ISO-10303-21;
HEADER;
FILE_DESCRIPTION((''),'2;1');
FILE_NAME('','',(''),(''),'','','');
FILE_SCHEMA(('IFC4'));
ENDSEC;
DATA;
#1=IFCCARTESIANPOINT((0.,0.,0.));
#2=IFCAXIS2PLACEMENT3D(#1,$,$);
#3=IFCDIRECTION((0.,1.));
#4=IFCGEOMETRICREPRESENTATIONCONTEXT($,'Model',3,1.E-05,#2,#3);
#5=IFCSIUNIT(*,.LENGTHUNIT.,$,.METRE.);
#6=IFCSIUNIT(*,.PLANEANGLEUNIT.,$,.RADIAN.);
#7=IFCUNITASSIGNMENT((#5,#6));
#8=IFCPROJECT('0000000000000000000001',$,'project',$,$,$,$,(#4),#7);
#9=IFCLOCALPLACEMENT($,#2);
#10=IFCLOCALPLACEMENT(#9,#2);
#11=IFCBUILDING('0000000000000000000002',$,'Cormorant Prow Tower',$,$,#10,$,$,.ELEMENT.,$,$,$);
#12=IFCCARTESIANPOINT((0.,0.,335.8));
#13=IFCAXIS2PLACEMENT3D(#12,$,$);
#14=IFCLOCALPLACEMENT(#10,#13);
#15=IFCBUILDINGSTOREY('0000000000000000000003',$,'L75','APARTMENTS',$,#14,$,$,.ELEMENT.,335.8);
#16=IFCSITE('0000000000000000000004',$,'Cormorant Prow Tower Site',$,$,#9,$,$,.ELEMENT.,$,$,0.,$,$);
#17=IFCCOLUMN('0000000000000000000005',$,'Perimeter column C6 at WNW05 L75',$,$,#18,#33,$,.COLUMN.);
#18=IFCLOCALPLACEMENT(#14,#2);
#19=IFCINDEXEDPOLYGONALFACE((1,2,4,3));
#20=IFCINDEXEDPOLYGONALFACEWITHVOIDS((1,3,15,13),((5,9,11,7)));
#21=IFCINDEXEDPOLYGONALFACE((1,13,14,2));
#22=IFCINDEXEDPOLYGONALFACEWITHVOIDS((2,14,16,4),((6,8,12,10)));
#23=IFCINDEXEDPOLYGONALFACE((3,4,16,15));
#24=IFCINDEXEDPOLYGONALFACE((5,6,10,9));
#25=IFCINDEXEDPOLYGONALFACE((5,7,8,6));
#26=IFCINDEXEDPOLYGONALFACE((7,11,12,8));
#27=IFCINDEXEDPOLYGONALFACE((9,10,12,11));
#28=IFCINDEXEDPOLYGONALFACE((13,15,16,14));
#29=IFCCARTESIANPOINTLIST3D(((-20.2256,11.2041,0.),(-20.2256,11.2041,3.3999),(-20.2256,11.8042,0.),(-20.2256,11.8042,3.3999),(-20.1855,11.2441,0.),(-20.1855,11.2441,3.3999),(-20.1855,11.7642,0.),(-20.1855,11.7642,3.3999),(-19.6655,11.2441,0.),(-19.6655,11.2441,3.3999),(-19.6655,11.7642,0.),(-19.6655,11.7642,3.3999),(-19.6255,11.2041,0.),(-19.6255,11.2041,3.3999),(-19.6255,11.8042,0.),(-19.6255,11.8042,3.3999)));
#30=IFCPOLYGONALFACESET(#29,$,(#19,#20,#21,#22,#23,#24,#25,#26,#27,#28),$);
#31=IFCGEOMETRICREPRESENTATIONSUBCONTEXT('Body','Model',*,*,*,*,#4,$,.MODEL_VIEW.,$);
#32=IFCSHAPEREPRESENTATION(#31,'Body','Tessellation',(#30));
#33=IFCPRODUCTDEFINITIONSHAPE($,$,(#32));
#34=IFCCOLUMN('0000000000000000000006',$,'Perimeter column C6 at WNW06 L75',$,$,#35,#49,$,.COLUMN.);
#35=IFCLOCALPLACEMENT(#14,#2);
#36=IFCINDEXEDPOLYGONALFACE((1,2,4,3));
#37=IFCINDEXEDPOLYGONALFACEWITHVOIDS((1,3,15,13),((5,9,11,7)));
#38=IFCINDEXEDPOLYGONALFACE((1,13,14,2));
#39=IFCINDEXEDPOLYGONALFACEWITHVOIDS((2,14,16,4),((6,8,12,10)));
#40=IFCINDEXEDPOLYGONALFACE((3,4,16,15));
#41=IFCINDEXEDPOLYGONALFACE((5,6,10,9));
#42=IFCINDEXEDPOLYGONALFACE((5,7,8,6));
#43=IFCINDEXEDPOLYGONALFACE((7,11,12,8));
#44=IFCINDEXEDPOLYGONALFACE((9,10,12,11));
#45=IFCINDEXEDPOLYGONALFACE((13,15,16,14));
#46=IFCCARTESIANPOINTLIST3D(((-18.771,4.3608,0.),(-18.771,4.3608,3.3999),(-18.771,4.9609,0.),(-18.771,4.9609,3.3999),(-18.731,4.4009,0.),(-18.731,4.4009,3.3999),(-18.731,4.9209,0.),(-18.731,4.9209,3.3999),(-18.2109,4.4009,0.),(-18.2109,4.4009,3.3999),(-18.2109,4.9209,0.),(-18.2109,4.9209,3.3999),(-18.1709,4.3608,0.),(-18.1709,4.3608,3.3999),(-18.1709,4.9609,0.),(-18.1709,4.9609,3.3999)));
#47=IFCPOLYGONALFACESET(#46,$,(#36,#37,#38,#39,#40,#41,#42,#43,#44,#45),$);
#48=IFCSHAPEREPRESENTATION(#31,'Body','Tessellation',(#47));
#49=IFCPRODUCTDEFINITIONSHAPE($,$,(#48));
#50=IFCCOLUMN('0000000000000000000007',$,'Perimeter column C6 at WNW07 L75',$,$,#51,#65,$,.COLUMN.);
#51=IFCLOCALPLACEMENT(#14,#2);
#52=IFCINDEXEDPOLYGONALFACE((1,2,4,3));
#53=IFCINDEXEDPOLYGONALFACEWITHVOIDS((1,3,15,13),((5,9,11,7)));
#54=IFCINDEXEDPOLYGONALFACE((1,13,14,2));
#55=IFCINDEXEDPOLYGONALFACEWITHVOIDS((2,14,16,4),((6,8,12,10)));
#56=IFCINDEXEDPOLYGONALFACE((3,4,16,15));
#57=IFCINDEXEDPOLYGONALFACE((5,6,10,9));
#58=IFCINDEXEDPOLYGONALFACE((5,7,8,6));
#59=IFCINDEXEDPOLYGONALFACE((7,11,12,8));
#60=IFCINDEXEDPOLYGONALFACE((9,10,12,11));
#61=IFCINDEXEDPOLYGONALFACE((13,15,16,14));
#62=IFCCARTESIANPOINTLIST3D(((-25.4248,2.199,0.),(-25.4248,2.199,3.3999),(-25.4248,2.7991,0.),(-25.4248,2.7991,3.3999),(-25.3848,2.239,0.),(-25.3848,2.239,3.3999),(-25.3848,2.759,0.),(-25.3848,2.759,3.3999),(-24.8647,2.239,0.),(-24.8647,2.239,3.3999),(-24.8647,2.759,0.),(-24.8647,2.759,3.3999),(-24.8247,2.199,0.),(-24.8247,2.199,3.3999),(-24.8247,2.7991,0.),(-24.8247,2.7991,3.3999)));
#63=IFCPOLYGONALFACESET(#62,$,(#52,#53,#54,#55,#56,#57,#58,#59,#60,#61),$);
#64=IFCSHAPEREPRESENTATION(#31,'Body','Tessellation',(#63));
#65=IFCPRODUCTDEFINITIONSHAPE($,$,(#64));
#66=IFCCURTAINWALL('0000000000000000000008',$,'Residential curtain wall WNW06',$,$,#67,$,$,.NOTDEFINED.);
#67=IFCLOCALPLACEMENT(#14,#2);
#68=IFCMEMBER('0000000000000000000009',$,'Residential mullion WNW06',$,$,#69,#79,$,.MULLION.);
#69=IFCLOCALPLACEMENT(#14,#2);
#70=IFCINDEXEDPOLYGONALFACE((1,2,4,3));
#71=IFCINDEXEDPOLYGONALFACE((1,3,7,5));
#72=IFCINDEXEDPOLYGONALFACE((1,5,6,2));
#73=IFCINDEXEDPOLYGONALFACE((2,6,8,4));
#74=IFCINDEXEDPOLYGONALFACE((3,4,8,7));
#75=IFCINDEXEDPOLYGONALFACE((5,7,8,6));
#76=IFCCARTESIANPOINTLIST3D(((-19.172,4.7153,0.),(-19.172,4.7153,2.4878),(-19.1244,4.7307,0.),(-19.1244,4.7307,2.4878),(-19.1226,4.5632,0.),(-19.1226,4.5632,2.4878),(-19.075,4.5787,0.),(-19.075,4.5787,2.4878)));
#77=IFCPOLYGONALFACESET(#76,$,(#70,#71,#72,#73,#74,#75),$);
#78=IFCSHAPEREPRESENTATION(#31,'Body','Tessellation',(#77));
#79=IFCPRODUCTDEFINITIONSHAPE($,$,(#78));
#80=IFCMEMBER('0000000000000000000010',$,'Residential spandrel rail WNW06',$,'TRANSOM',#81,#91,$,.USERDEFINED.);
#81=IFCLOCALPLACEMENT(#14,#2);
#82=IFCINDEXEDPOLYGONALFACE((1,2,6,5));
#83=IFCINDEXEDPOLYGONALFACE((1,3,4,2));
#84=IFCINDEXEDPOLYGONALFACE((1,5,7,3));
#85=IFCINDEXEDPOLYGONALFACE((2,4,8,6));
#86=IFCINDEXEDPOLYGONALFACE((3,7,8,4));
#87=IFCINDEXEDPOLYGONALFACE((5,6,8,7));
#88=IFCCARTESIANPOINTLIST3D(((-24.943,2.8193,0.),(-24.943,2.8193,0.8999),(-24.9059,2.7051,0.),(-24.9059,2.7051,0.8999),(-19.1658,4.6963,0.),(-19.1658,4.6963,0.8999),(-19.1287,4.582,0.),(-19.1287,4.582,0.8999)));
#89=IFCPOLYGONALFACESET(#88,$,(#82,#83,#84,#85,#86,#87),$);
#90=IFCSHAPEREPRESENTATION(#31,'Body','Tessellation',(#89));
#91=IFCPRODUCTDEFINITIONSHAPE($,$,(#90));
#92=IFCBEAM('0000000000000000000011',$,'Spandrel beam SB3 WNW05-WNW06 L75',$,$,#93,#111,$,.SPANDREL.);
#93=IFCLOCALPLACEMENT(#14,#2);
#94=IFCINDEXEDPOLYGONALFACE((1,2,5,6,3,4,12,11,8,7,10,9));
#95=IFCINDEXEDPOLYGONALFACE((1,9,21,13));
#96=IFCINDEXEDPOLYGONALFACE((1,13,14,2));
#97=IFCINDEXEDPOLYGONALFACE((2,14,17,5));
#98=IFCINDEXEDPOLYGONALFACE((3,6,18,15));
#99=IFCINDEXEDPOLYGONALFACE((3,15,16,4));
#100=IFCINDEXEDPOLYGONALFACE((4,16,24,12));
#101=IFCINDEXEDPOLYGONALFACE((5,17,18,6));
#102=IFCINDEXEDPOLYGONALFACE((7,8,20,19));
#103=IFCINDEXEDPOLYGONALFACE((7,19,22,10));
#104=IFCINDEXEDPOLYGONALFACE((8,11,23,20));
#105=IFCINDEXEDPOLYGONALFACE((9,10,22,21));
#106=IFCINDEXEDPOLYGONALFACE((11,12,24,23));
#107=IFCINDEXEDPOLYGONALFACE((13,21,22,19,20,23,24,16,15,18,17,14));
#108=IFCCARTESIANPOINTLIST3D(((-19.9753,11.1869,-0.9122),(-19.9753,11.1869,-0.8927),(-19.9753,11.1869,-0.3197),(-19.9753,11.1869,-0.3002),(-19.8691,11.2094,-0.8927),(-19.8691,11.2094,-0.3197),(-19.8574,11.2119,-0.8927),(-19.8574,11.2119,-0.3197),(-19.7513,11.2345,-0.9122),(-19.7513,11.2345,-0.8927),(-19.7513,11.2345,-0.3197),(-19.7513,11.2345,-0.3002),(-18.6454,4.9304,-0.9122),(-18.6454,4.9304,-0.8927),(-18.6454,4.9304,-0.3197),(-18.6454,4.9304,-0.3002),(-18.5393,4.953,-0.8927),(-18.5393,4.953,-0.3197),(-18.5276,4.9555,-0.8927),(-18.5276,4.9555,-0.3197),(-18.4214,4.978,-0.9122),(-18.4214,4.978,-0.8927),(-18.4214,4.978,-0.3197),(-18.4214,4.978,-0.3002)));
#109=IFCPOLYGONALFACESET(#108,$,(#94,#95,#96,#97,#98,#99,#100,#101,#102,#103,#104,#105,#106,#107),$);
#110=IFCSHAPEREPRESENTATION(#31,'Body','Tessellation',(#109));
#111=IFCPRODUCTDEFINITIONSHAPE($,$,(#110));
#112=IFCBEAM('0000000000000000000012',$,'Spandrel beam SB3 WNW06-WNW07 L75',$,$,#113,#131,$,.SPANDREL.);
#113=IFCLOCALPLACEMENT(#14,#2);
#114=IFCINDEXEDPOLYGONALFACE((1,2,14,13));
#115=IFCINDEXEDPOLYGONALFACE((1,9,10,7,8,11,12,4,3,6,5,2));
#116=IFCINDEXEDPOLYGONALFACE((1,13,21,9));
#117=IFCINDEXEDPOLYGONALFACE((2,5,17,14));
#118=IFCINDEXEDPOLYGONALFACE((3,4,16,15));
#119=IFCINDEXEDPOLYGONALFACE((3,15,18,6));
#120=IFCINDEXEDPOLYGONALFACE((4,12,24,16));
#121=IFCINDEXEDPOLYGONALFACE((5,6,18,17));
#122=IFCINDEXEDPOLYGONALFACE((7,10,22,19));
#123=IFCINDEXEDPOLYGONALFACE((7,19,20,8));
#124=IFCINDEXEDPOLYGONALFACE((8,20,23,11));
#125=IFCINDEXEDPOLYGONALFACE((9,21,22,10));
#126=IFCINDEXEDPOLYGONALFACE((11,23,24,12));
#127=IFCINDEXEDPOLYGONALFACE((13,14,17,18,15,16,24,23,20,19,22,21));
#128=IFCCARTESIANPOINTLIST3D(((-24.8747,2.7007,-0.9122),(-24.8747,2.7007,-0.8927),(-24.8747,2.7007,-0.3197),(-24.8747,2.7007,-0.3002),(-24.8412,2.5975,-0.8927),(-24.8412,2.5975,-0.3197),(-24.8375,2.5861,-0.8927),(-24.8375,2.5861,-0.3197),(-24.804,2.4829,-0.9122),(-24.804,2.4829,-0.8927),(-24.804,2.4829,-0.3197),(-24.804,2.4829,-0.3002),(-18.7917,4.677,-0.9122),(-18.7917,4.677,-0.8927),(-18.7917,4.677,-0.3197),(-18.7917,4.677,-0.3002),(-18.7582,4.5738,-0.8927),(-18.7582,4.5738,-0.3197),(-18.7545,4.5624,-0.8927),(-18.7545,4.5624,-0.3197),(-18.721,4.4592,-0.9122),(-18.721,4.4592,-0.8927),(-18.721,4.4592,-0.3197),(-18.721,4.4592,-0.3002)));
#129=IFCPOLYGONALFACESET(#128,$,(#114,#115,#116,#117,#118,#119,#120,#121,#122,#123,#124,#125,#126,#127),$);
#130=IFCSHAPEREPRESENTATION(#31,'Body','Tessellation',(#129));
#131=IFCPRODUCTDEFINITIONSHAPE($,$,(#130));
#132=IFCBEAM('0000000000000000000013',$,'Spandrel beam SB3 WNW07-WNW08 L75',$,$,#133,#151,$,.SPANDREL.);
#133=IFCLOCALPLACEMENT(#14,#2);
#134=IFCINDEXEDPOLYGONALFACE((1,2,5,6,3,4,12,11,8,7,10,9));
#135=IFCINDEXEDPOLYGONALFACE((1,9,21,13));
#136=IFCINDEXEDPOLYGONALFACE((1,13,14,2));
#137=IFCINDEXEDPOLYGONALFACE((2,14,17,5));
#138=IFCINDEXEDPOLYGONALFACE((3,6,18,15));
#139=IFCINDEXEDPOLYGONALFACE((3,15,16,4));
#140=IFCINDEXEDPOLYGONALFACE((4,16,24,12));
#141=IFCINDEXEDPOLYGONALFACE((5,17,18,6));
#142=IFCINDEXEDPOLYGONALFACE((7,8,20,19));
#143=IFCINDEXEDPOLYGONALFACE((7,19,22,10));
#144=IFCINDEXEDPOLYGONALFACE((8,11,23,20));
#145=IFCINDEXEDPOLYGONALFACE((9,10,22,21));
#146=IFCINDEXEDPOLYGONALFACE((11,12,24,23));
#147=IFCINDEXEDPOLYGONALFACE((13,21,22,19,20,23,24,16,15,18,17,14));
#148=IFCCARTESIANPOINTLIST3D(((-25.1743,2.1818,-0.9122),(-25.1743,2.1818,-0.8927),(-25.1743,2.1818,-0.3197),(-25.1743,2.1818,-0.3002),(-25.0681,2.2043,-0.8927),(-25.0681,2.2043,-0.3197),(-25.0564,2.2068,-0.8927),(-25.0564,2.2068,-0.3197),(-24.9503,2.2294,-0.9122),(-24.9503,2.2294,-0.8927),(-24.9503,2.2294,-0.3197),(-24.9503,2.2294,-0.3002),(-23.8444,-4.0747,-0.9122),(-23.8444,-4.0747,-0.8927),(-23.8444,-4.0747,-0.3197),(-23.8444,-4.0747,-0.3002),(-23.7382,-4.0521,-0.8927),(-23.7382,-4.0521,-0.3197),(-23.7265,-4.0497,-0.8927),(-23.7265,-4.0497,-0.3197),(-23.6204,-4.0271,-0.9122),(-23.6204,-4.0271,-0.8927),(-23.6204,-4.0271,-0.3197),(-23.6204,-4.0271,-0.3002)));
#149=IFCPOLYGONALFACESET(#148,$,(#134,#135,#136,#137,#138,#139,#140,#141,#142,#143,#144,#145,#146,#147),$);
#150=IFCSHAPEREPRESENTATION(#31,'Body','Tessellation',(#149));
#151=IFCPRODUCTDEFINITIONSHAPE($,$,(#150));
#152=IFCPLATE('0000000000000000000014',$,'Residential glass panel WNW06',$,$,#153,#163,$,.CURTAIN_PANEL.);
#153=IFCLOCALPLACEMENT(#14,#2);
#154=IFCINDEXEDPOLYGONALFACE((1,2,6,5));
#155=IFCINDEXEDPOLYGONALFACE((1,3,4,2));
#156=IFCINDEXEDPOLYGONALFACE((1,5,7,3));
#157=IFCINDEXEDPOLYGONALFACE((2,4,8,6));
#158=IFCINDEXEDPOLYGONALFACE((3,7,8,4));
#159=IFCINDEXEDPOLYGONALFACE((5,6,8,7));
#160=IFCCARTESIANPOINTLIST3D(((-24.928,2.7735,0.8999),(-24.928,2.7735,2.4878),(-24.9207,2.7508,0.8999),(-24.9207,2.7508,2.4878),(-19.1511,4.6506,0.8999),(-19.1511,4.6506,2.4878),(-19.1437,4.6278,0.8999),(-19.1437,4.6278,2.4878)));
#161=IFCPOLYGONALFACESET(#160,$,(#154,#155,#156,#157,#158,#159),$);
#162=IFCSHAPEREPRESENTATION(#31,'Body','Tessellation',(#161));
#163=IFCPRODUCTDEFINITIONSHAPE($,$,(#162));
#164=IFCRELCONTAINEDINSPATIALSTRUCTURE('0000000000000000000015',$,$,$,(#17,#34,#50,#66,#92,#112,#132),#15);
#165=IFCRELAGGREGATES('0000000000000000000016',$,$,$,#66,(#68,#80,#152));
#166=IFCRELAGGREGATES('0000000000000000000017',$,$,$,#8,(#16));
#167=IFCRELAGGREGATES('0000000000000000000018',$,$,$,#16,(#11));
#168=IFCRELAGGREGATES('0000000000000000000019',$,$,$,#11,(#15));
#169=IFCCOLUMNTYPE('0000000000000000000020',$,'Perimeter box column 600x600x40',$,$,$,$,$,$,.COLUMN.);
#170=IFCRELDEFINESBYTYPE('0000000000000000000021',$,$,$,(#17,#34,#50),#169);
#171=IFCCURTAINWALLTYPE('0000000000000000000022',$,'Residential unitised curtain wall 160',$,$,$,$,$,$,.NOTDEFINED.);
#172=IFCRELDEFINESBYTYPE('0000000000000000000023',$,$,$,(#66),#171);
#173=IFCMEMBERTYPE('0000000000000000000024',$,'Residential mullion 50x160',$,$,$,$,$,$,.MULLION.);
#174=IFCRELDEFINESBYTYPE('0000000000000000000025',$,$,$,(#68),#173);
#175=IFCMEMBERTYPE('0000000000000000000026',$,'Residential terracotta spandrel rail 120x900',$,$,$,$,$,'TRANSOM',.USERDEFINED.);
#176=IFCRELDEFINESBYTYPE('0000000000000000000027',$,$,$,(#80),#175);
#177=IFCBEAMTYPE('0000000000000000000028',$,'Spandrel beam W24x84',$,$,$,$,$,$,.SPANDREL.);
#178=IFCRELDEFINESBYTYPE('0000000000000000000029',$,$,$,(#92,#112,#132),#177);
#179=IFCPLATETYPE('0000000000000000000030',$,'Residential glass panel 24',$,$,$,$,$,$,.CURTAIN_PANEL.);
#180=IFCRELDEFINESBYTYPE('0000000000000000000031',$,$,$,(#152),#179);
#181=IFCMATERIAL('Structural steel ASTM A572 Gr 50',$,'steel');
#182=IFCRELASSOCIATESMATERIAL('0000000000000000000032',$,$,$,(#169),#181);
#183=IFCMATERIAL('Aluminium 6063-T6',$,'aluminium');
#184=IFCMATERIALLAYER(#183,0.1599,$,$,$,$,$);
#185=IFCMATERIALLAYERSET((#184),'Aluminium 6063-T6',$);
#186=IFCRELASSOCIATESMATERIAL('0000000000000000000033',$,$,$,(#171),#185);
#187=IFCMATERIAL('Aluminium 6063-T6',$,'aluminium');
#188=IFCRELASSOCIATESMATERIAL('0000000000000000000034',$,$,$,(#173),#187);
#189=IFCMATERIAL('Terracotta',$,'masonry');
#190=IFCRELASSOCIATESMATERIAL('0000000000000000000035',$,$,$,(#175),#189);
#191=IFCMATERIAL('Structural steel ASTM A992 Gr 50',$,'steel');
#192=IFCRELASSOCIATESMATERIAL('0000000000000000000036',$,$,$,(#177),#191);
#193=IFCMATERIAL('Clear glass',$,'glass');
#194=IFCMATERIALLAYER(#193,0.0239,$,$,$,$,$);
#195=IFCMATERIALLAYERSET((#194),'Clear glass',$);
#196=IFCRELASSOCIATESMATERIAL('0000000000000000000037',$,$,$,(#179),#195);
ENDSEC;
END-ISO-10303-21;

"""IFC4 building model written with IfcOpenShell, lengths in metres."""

from ifc_helpers import new_model, si_unit, direction, frame, origin, origin_2d, place, context, subcontext, project, spatial, rectangle, hollow_rectangle, i_section, extrude, material, layer, layer_set, material_profile, profile_set, type_object, element, aggregate, save


model = new_model("IFC4")

# Units and contexts
model_context = context("Model", 3, precision=1e-05, world=origin(), true_north=direction((0.0, 1.0)))
body_context = subcontext(model_context, "Body", "Model", "MODEL_VIEW")
ifc_project = project(units=[si_unit("LENGTHUNIT", "METRE"), si_unit("PLANEANGLEUNIT", "RADIAN")], contexts=[model_context])

# Site, building, storey
site_placement = place(None, origin())
site = spatial("IfcSite", under=ifc_project, at=site_placement, Name="Cormorant Prow Tower Site", CompositionType="ELEMENT", RefElevation=0.0)
building_placement = place(site_placement, origin())
building = spatial("IfcBuilding", under=site, at=building_placement, Name="Cormorant Prow Tower", CompositionType="ELEMENT")
storey_placement = place(building_placement, frame((0.0, 0.0, 335.8)))
storey = spatial("IfcBuildingStorey", under=building, at=storey_placement, Name="L75", Description="APARTMENTS", CompositionType="ELEMENT", Elevation=335.8)

# Columns
ifc_material_1 = material(Name="Structural steel ASTM A572 Gr 50", Category="steel")
ifc_material_profile_1 = material_profile(ifc_material_1, hollow_rectangle(XDim=0.6001, YDim=0.6001, WallThickness=0.04, at=origin_2d()), Name="Box 600x600x40")
ifc_profile_set_1 = profile_set([ifc_material_profile_1], Name="Structural steel ASTM A572 Gr 50")
column_type = type_object("IfcColumnType", Name="Perimeter box column 600x600x40", PredefinedType="COLUMN", material=ifc_profile_set_1)
for number, where, z_axis, x_axis, name in (
    (1, (-19.9255, 11.5042, 0.0), (0.0, 0.0, 1.0), (1.0, 0.0, 0.0), "Perimeter column C6 at WNW05 L75"),
    (2, (-18.4709, 4.6609, 0.0), (0.0, 0.0, 1.0), (1.0, 0.0, 0.0), "Perimeter column C6 at WNW06 L75"),
    (3, (-25.1248, 2.499, 0.0), (0.0, 0.0, 1.0), (1.0, 0.0, 0.0), "Perimeter column C6 at WNW07 L75"),
):
    element("IfcColumn", number, at=place(storey_placement, frame(where, z_axis=z_axis, x_axis=x_axis)), inside=storey, type_object=column_type, Name=name, PredefinedType="COLUMN", context=body_context, shape_type="SweptSolid", body=[
        extrude(hollow_rectangle(XDim=0.6001, YDim=0.6001, WallThickness=0.04, at=origin_2d()), origin(), (0.0, 0.0, 1.0), 3.3999),
    ])

# Curtain wall, members
ifc_material_2 = material(Name="Aluminium 6063-T6", Category="aluminium")
ifc_layer_1 = layer(ifc_material_2, 0.1599)
ifc_layer_set_1 = layer_set([ifc_layer_1], Name="Aluminium 6063-T6")
curtain_wall_type = type_object("IfcCurtainWallType", Name="Residential unitised curtain wall 160", PredefinedType="NOTDEFINED", material=ifc_layer_set_1)
curtain_wall_placement = place(storey_placement, origin())
curtain_wall = element("IfcCurtainWall", 4, at=curtain_wall_placement, inside=storey, type_object=curtain_wall_type, Name="Residential curtain wall WNW06", PredefinedType="NOTDEFINED")
ifc_material_3 = material(Name="Aluminium 6063-T6", Category="aluminium")
ifc_material_profile_2 = material_profile(ifc_material_3, rectangle(XDim=0.1599, YDim=0.05, at=origin_2d()), Name="Residential mullion 50x160")
ifc_profile_set_2 = profile_set([ifc_material_profile_2], Name="Aluminium 6063-T6")
member_type_1 = type_object("IfcMemberType", Name="Residential mullion 50x160", PredefinedType="MULLION", material=ifc_profile_set_2)
member_1_placement = place(storey_placement, frame((-19.1235, 4.647, 0.0), z_axis=(0.0, 0.0, 1.0), x_axis=(0.309017, -0.951057, 0.0)))
member_1 = element("IfcMember", 5, at=member_1_placement, type_object=member_type_1, Name="Residential mullion WNW06", PredefinedType="MULLION", context=body_context, shape_type="SweptSolid", body=[
    extrude(rectangle(XDim=0.1599, YDim=0.05, at=origin_2d()), origin(), (0.0, 0.0, 1.0), 2.4878),
])
ifc_material_4 = material(Name="Terracotta", Category="masonry")
ifc_material_profile_3 = material_profile(ifc_material_4, rectangle(XDim=0.1201, YDim=0.8999, at=origin_2d()), Name="Residential terracotta spandrel rail 120x900")
ifc_profile_set_3 = profile_set([ifc_material_profile_3], Name="Terracotta")
member_type_2 = type_object("IfcMemberType", Name="Residential terracotta spandrel rail 120x900", ElementType="TRANSOM", PredefinedType="USERDEFINED", material=ifc_profile_set_3)
member_2_placement = place(storey_placement, frame((-19.1472, 4.6392, 0.45), z_axis=(-0.951063, -0.308996, 0.0), x_axis=(0.308996, -0.951063, 0.0)))
member_2 = element("IfcMember", 6, at=member_2_placement, type_object=member_type_2, Name="Residential spandrel rail WNW06", ObjectType="TRANSOM", PredefinedType="USERDEFINED", context=body_context, shape_type="SweptSolid", body=[
    extrude(rectangle(XDim=0.1201, YDim=0.8999, at=origin_2d()), origin(), (0.0, 0.0, 1.0), 6.0745),
])

# Beams
ifc_material_5 = material(Name="Structural steel ASTM A992 Gr 50", Category="steel")
ifc_material_profile_4 = material_profile(ifc_material_5, i_section(OverallWidth=0.229, OverallDepth=0.6121, WebThickness=0.012, FlangeThickness=0.0195, at=origin_2d()), Name="W24x84")
ifc_profile_set_4 = profile_set([ifc_material_profile_4], Name="Structural steel ASTM A992 Gr 50")
beam_type = type_object("IfcBeamType", Name="Spandrel beam W24x84", PredefinedType="SPANDREL", material=ifc_profile_set_4)
beam_1_placement = place(storey_placement, frame((-19.8633, 11.2107, -0.6062), z_axis=(0.207913, -0.978147, 0.0), x_axis=(0.978147, 0.207913, 0.0)))
element("IfcBeam", 7, at=beam_1_placement, inside=storey, type_object=beam_type, Name="Spandrel beam SB3 WNW05-WNW06 L75", PredefinedType="SPANDREL", context=body_context, shape_type="SweptSolid", body=[
    extrude(i_section(OverallWidth=0.229, OverallDepth=0.6121, WebThickness=0.012, FlangeThickness=0.0195, at=origin_2d()), origin(), (0.0, 0.0, 1.0), 6.3962),
])
beam_2_placement = place(storey_placement, frame((-18.7563, 4.5681, -0.6062), z_axis=(-0.951064, -0.308993, 0.0), x_axis=(0.308993, -0.951064, 0.0)))
element("IfcBeam", 8, at=beam_2_placement, inside=storey, type_object=beam_type, Name="Spandrel beam SB3 WNW06-WNW07 L75", PredefinedType="SPANDREL", context=body_context, shape_type="SweptSolid", body=[
    extrude(i_section(OverallWidth=0.229, OverallDepth=0.6121, WebThickness=0.012, FlangeThickness=0.0195, at=origin_2d()), origin(), (0.0, 0.0, 1.0), 6.396),
])
beam_3_placement = place(storey_placement, frame((-25.0623, 2.2056, -0.6062), z_axis=(0.207913, -0.978147, 0.0), x_axis=(0.978147, 0.207913, 0.0)))
element("IfcBeam", 9, at=beam_3_placement, inside=storey, type_object=beam_type, Name="Spandrel beam SB3 WNW07-WNW08 L75", PredefinedType="SPANDREL", context=body_context, shape_type="SweptSolid", body=[
    extrude(i_section(OverallWidth=0.229, OverallDepth=0.6121, WebThickness=0.012, FlangeThickness=0.0195, at=origin_2d()), origin(), (0.0, 0.0, 1.0), 6.3962),
])

# Plate
ifc_material_6 = material(Name="Clear glass", Category="glass")
ifc_layer_2 = layer(ifc_material_6, 0.0239)
ifc_layer_set_2 = layer_set([ifc_layer_2], Name="Clear glass")
plate_type = type_object("IfcPlateType", Name="Residential glass panel 24", PredefinedType="CURTAIN_PANEL", material=ifc_layer_set_2)
plate_placement = place(storey_placement, frame((-22.0359, 3.7007, 0.8999), z_axis=(0.0, 0.0, 1.0), x_axis=(-0.951057, -0.309017, 0.0)))
plate = element("IfcPlate", 10, at=plate_placement, type_object=plate_type, Name="Residential glass panel WNW06", PredefinedType="CURTAIN_PANEL", context=body_context, shape_type="SweptSolid", body=[
    extrude(rectangle(XDim=6.0742, YDim=0.0239, at=origin_2d()), origin(), (0.0, 0.0, 1.0), 1.5879),
])
aggregate(curtain_wall, [member_1, member_2, plate])

save(model, "model.ifc")
